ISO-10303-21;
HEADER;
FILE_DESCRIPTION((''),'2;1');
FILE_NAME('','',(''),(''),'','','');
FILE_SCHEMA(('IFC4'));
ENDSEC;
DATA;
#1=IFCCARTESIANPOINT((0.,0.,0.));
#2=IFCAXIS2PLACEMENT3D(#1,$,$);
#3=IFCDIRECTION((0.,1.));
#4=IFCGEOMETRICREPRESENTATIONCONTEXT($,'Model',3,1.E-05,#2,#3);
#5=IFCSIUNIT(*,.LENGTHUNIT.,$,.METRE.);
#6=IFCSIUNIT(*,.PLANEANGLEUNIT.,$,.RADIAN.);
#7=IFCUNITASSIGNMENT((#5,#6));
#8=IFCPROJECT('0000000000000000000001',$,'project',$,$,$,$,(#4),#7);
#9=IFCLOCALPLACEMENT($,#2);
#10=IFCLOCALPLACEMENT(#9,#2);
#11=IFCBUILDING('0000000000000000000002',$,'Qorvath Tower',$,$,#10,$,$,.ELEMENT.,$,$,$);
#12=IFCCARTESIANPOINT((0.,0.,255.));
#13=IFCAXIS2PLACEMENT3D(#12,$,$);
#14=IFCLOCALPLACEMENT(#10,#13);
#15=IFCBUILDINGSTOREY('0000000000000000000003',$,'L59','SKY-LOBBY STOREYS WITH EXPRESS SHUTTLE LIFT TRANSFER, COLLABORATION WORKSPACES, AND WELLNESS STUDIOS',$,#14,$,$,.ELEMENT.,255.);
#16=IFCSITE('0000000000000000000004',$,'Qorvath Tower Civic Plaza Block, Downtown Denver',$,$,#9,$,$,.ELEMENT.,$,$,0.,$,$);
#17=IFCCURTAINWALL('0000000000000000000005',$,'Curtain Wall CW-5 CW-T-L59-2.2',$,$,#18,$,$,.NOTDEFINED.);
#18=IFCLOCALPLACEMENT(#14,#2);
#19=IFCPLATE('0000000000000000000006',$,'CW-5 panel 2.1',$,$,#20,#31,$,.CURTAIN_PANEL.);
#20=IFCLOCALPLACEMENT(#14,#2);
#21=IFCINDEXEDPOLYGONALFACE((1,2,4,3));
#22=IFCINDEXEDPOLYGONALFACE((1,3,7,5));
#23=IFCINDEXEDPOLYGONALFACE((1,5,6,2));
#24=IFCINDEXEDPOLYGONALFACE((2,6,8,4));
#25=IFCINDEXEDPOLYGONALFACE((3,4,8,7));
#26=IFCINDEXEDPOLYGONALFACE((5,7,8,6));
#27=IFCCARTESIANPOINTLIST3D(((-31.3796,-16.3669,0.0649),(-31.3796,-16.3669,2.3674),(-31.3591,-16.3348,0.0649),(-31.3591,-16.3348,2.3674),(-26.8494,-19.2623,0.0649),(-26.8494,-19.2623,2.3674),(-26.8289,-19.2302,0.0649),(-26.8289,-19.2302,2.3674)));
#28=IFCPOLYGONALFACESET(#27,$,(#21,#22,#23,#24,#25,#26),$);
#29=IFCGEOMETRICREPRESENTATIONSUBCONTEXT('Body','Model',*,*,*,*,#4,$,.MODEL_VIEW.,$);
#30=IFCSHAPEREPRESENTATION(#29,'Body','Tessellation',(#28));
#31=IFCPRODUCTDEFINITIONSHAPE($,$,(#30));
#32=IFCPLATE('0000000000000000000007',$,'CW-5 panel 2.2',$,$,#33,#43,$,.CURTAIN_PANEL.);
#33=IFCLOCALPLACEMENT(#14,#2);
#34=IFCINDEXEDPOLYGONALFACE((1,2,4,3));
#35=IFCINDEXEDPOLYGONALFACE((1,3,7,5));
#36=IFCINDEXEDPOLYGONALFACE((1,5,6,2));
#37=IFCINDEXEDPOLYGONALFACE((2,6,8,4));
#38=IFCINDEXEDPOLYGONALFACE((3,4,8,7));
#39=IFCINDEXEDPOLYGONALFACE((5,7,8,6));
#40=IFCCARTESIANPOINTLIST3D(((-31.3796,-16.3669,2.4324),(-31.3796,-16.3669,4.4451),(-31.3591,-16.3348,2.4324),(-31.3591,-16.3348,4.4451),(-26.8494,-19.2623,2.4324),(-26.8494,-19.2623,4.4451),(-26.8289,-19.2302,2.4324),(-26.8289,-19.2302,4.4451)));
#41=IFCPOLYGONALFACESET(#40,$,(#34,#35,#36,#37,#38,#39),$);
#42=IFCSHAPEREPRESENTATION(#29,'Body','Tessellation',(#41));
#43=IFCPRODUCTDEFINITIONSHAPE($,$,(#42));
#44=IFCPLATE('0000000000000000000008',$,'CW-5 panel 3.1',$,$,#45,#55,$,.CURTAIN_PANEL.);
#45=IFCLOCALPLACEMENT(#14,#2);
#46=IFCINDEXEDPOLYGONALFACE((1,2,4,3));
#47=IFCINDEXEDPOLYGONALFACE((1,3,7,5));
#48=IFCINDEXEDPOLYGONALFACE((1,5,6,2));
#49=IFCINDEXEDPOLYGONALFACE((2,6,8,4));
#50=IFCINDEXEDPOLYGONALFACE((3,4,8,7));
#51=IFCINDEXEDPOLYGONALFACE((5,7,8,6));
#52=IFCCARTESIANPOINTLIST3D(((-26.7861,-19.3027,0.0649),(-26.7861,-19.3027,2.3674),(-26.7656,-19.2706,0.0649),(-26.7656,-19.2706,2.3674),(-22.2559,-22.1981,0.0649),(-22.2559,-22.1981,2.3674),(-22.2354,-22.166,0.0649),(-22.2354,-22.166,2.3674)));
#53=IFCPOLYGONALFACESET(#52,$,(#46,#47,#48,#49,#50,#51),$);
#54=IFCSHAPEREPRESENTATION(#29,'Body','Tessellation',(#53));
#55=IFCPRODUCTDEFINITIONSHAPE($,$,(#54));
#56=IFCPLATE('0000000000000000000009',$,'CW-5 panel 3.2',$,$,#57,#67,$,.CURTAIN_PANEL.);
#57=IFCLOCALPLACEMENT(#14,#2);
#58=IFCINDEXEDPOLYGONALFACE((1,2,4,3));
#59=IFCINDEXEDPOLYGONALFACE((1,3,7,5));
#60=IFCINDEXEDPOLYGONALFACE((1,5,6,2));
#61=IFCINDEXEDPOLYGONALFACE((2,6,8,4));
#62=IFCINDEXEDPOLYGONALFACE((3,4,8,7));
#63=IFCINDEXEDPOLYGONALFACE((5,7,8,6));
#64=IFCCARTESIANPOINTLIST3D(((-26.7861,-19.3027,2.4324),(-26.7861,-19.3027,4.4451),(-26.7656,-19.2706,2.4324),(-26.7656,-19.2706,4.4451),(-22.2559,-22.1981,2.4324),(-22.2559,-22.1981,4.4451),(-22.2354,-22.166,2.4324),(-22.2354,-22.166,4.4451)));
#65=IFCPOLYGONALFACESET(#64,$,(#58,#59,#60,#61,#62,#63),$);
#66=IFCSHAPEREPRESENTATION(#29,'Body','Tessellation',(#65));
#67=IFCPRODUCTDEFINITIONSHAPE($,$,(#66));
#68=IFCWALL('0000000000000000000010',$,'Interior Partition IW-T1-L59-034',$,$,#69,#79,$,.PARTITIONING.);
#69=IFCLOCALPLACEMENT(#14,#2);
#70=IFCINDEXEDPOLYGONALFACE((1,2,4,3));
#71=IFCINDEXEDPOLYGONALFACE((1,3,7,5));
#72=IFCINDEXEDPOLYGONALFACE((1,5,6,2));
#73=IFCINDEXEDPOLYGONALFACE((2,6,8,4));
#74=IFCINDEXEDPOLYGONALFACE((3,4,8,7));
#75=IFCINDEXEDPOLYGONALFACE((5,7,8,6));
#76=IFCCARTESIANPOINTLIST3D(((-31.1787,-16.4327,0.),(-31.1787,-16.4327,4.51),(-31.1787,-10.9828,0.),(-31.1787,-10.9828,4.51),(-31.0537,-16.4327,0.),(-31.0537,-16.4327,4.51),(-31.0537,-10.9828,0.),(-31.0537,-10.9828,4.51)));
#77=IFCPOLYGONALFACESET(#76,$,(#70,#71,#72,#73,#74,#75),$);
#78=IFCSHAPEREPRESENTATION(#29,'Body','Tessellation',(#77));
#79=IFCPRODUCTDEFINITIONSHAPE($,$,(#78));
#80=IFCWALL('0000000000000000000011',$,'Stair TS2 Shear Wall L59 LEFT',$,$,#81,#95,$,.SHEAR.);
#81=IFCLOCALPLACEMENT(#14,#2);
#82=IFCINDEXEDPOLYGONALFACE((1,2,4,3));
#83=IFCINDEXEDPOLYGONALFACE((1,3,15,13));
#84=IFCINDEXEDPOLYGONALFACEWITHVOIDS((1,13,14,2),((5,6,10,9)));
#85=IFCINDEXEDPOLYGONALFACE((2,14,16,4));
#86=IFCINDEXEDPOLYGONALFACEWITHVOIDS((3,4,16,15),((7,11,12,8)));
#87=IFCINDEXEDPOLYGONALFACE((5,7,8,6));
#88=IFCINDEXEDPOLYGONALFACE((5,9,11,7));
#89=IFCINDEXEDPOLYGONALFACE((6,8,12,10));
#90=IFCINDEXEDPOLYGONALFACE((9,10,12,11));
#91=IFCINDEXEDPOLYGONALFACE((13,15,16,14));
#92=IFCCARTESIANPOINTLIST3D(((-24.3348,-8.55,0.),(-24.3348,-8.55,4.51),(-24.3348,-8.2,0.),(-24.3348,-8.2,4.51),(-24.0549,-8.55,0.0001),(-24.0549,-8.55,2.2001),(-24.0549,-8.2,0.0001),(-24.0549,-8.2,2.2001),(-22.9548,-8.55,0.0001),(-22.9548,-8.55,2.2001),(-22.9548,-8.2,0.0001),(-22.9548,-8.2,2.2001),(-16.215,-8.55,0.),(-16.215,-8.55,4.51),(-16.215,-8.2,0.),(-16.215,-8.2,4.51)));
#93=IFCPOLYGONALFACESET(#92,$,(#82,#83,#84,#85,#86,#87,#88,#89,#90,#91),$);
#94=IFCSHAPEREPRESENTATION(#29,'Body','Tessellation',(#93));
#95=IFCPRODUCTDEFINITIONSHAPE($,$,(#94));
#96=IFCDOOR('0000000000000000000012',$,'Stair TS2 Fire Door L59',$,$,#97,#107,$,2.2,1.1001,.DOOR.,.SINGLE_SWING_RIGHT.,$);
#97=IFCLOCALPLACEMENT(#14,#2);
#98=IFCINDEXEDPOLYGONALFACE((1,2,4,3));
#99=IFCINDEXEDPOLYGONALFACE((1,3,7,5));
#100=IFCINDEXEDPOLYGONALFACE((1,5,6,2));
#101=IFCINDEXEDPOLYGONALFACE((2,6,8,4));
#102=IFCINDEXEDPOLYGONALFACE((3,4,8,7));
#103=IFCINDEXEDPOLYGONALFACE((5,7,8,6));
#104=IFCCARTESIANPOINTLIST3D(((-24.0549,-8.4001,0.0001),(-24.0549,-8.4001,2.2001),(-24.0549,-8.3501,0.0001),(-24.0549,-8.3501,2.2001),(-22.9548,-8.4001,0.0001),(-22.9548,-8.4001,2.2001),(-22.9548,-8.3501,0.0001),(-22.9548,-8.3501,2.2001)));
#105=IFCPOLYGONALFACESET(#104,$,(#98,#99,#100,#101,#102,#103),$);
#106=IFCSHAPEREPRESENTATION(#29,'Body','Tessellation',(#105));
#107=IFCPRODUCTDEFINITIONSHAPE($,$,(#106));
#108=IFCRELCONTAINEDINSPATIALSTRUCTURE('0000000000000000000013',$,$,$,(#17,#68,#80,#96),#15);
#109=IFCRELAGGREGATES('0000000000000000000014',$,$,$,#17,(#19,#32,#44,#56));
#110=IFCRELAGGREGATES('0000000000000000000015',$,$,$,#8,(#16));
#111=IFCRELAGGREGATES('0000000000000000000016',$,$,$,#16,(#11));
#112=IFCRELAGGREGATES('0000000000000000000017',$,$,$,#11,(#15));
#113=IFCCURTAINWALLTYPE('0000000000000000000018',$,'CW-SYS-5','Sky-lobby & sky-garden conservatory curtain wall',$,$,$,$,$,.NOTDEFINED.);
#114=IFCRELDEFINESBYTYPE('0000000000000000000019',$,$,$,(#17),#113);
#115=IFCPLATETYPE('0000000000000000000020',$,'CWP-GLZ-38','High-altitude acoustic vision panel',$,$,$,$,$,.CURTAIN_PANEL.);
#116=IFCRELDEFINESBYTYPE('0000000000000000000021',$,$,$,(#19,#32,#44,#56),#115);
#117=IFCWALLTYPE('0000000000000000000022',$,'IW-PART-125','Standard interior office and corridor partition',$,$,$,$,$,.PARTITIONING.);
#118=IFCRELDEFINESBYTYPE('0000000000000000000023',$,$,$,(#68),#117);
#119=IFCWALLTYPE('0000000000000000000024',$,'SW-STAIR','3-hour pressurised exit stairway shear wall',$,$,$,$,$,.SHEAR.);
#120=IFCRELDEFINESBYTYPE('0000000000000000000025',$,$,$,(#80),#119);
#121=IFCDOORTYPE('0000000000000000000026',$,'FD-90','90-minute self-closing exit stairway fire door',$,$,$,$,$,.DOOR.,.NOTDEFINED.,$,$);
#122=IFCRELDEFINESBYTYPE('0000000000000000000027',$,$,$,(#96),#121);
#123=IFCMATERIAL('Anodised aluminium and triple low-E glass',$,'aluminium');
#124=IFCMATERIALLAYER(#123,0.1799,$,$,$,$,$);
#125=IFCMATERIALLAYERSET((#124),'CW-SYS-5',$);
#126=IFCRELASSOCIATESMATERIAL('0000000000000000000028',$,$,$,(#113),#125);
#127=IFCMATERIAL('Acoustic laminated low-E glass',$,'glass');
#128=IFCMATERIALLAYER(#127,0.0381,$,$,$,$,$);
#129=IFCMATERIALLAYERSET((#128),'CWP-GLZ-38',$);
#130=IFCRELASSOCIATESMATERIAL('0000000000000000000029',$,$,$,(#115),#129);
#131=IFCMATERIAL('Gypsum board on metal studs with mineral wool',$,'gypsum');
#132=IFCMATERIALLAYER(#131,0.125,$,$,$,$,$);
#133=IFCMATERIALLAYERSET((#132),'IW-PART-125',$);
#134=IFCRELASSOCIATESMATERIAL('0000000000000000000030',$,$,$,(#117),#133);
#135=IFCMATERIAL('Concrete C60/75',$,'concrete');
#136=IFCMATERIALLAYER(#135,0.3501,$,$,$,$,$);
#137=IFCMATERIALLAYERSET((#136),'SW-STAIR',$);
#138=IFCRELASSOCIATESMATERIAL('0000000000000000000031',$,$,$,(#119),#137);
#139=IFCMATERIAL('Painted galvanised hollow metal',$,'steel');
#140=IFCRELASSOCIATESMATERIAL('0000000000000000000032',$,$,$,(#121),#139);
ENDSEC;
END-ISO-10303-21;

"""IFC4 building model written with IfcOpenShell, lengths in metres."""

from ifc_helpers import new_model, si_unit, direction, frame, frame_2d, origin, origin_2d, place, context, subcontext, project, spatial, rectangle, extrude, material, layer, layer_set, type_object, element, fill, aggregate, save


model = new_model("IFC4")

# Units and contexts
model_context = context("Model", 3, precision=1e-05, world=origin(), true_north=direction((0.0, 1.0)))
body_context = subcontext(model_context, "Body", "Model", "MODEL_VIEW")
ifc_project = project(units=[si_unit("LENGTHUNIT", "METRE"), si_unit("PLANEANGLEUNIT", "RADIAN")], contexts=[model_context])

# Site, building, storey
site_placement = place(None, origin())
site = spatial("IfcSite", under=ifc_project, at=site_placement, Name="Qorvath Tower Civic Plaza Block, Downtown Denver", CompositionType="ELEMENT", RefElevation=0.0)
building_placement = place(site_placement, origin())
building = spatial("IfcBuilding", under=site, at=building_placement, Name="Qorvath Tower", CompositionType="ELEMENT")
storey_placement = place(building_placement, frame((0.0, 0.0, 255.0)))
storey = spatial("IfcBuildingStorey", under=building, at=storey_placement, Name="L59", Description="SKY-LOBBY STOREYS WITH EXPRESS SHUTTLE LIFT TRANSFER, COLLABORATION WORKSPACES, AND WELLNESS STUDIOS", CompositionType="ELEMENT", Elevation=255.0)

# Curtain wall
ifc_material_1 = material(Name="Anodised aluminium and triple low-E glass", Category="aluminium")
ifc_layer_1 = layer(ifc_material_1, 0.1799)
ifc_layer_set_1 = layer_set([ifc_layer_1], Name="CW-SYS-5")
curtain_wall_type = type_object("IfcCurtainWallType", Name="CW-SYS-5", Description="Sky-lobby & sky-garden conservatory curtain wall", PredefinedType="NOTDEFINED", material=ifc_layer_set_1)
curtain_wall_placement = place(storey_placement, origin())
curtain_wall = element("IfcCurtainWall", 1, at=curtain_wall_placement, inside=storey, type_object=curtain_wall_type, Name="Curtain Wall CW-5 CW-T-L59-2.2", PredefinedType="NOTDEFINED")

# Plates
ifc_material_2 = material(Name="Acoustic laminated low-E glass", Category="glass")
ifc_layer_2 = layer(ifc_material_2, 0.0381)
ifc_layer_set_2 = layer_set([ifc_layer_2], Name="CWP-GLZ-38")
plate_type = type_object("IfcPlateType", Name="CWP-GLZ-38", Description="High-altitude acoustic vision panel", PredefinedType="CURTAIN_PANEL", material=ifc_layer_set_2)
plate_1_placement = place(storey_placement, frame((-29.1042, -17.7986, 0.0649), z_axis=(0.0, 0.0, 1.0), x_axis=(0.842604, -0.538534, 0.0)))
plate_1 = element("IfcPlate", 2, at=plate_1_placement, type_object=plate_type, Name="CW-5 panel 2.1", PredefinedType="CURTAIN_PANEL", context=body_context, shape_type="SweptSolid", body=[
    extrude(rectangle(XDim=5.3765, YDim=0.0381, at=origin_2d()), origin(), (0.0, 0.0, 1.0), 2.3025),
])
plate_2_placement = place(storey_placement, frame((-29.1042, -17.7986, 2.4324), z_axis=(0.0, 0.0, 1.0), x_axis=(0.842604, -0.538534, 0.0)))
plate_2 = element("IfcPlate", 3, at=plate_2_placement, type_object=plate_type, Name="CW-5 panel 2.2", PredefinedType="CURTAIN_PANEL", context=body_context, shape_type="SweptSolid", body=[
    extrude(rectangle(XDim=5.3765, YDim=0.0381, at=origin_2d()), origin(), (0.0, 0.0, 1.0), 2.0127),
])
plate_3_placement = place(storey_placement, frame((-24.5107, -20.7344, 0.0649), z_axis=(0.0, 0.0, 1.0), x_axis=(0.842604, -0.538534, 0.0)))
plate_3 = element("IfcPlate", 4, at=plate_3_placement, type_object=plate_type, Name="CW-5 panel 3.1", PredefinedType="CURTAIN_PANEL", context=body_context, shape_type="SweptSolid", body=[
    extrude(rectangle(XDim=5.3765, YDim=0.0381, at=origin_2d()), origin(), (0.0, 0.0, 1.0), 2.3025),
])
plate_4_placement = place(storey_placement, frame((-24.5107, -20.7344, 2.4324), z_axis=(0.0, 0.0, 1.0), x_axis=(0.842604, -0.538534, 0.0)))
plate_4 = element("IfcPlate", 5, at=plate_4_placement, type_object=plate_type, Name="CW-5 panel 3.2", PredefinedType="CURTAIN_PANEL", context=body_context, shape_type="SweptSolid", body=[
    extrude(rectangle(XDim=5.3765, YDim=0.0381, at=origin_2d()), origin(), (0.0, 0.0, 1.0), 2.0127),
])
aggregate(curtain_wall, [plate_1, plate_2, plate_3, plate_4])

# Wall
ifc_material_3 = material(Name="Gypsum board on metal studs with mineral wool", Category="gypsum")
ifc_layer_3 = layer(ifc_material_3, 0.125)
ifc_layer_set_3 = layer_set([ifc_layer_3], Name="IW-PART-125")
wall_type_1 = type_object("IfcWallType", Name="IW-PART-125", Description="Standard interior office and corridor partition", PredefinedType="PARTITIONING", material=ifc_layer_set_3)
wall_1_placement = place(storey_placement, frame((-31.1162, -16.4329, 0.0), z_axis=(0.0, 0.0, 1.0), x_axis=(0.0, 1.0, 0.0)))
element("IfcWall", 6, at=wall_1_placement, inside=storey, type_object=wall_type_1, Name="Interior Partition IW-T1-L59-034", PredefinedType="PARTITIONING", context=body_context, shape_type="SweptSolid", body=[
    extrude(rectangle(XDim=5.45, YDim=0.125, at=frame_2d((2.7251, 0.0))), origin(), (0.0, 0.0, 1.0), 4.51),
])

# Wall, opening, door
ifc_material_4 = material(Name="Concrete C60/75", Category="concrete")
ifc_layer_4 = layer(ifc_material_4, 0.3501)
ifc_layer_set_4 = layer_set([ifc_layer_4], Name="SW-STAIR")
wall_type_2 = type_object("IfcWallType", Name="SW-STAIR", Description="3-hour pressurised exit stairway shear wall", PredefinedType="SHEAR", material=ifc_layer_set_4)
wall_2_placement = place(storey_placement, frame((-24.335, -8.375, 0.0), z_axis=(0.0, 0.0, 1.0), x_axis=(1.0, 0.0, 0.0)))
wall_2 = element("IfcWall", 7, at=wall_2_placement, inside=storey, type_object=wall_type_2, Name="Stair TS2 Shear Wall L59 LEFT", PredefinedType="SHEAR", context=body_context, shape_type="SweptSolid", body=[
    extrude(rectangle(XDim=8.1199, YDim=0.3501, at=frame_2d((4.0601, 0.0))), origin(), (0.0, 0.0, 1.0), 4.51),
])
opening_1_placement = place(wall_2_placement, frame((0.28, 0.0, 0.0)))
opening_1 = element("IfcOpeningElement", 8, at=opening_1_placement, cuts=wall_2, PredefinedType="OPENING", context=body_context, shape_type="SweptSolid", body=[
    extrude(rectangle(XDim=1.1001, YDim=2.2, at=frame_2d((0.55, 1.1001))), frame((0.0, 0.1851, 0.0), z_axis=(0.0, -1.0, 0.0), x_axis=(1.0, 0.0, 0.0)), (0.0, 0.0, 1.0), 0.3701),
])
ifc_material_5 = material(Name="Painted galvanised hollow metal", Category="steel")
door_type_1 = type_object("IfcDoorType", Name="FD-90", Description="90-minute self-closing exit stairway fire door", OperationType="NOTDEFINED", PredefinedType="DOOR", material=ifc_material_5)
door_1_placement = place(opening_1_placement, origin())
door_1 = element("IfcDoor", 9, at=door_1_placement, inside=storey, type_object=door_type_1, Name="Stair TS2 Fire Door L59", OperationType="SINGLE_SWING_RIGHT", OverallHeight=2.2, OverallWidth=1.1001, PredefinedType="DOOR", context=body_context, shape_type="SweptSolid", body=[
    extrude(rectangle(XDim=1.1001, YDim=2.2, at=frame_2d((0.55, 1.1001))), frame((0.0, 0.0249, 0.0), z_axis=(0.0, -1.0, 0.0), x_axis=(1.0, 0.0, 0.0)), (0.0, 0.0, 1.0), 0.05),
])
fill(opening_1, door_1)

save(model, "model.ifc")
